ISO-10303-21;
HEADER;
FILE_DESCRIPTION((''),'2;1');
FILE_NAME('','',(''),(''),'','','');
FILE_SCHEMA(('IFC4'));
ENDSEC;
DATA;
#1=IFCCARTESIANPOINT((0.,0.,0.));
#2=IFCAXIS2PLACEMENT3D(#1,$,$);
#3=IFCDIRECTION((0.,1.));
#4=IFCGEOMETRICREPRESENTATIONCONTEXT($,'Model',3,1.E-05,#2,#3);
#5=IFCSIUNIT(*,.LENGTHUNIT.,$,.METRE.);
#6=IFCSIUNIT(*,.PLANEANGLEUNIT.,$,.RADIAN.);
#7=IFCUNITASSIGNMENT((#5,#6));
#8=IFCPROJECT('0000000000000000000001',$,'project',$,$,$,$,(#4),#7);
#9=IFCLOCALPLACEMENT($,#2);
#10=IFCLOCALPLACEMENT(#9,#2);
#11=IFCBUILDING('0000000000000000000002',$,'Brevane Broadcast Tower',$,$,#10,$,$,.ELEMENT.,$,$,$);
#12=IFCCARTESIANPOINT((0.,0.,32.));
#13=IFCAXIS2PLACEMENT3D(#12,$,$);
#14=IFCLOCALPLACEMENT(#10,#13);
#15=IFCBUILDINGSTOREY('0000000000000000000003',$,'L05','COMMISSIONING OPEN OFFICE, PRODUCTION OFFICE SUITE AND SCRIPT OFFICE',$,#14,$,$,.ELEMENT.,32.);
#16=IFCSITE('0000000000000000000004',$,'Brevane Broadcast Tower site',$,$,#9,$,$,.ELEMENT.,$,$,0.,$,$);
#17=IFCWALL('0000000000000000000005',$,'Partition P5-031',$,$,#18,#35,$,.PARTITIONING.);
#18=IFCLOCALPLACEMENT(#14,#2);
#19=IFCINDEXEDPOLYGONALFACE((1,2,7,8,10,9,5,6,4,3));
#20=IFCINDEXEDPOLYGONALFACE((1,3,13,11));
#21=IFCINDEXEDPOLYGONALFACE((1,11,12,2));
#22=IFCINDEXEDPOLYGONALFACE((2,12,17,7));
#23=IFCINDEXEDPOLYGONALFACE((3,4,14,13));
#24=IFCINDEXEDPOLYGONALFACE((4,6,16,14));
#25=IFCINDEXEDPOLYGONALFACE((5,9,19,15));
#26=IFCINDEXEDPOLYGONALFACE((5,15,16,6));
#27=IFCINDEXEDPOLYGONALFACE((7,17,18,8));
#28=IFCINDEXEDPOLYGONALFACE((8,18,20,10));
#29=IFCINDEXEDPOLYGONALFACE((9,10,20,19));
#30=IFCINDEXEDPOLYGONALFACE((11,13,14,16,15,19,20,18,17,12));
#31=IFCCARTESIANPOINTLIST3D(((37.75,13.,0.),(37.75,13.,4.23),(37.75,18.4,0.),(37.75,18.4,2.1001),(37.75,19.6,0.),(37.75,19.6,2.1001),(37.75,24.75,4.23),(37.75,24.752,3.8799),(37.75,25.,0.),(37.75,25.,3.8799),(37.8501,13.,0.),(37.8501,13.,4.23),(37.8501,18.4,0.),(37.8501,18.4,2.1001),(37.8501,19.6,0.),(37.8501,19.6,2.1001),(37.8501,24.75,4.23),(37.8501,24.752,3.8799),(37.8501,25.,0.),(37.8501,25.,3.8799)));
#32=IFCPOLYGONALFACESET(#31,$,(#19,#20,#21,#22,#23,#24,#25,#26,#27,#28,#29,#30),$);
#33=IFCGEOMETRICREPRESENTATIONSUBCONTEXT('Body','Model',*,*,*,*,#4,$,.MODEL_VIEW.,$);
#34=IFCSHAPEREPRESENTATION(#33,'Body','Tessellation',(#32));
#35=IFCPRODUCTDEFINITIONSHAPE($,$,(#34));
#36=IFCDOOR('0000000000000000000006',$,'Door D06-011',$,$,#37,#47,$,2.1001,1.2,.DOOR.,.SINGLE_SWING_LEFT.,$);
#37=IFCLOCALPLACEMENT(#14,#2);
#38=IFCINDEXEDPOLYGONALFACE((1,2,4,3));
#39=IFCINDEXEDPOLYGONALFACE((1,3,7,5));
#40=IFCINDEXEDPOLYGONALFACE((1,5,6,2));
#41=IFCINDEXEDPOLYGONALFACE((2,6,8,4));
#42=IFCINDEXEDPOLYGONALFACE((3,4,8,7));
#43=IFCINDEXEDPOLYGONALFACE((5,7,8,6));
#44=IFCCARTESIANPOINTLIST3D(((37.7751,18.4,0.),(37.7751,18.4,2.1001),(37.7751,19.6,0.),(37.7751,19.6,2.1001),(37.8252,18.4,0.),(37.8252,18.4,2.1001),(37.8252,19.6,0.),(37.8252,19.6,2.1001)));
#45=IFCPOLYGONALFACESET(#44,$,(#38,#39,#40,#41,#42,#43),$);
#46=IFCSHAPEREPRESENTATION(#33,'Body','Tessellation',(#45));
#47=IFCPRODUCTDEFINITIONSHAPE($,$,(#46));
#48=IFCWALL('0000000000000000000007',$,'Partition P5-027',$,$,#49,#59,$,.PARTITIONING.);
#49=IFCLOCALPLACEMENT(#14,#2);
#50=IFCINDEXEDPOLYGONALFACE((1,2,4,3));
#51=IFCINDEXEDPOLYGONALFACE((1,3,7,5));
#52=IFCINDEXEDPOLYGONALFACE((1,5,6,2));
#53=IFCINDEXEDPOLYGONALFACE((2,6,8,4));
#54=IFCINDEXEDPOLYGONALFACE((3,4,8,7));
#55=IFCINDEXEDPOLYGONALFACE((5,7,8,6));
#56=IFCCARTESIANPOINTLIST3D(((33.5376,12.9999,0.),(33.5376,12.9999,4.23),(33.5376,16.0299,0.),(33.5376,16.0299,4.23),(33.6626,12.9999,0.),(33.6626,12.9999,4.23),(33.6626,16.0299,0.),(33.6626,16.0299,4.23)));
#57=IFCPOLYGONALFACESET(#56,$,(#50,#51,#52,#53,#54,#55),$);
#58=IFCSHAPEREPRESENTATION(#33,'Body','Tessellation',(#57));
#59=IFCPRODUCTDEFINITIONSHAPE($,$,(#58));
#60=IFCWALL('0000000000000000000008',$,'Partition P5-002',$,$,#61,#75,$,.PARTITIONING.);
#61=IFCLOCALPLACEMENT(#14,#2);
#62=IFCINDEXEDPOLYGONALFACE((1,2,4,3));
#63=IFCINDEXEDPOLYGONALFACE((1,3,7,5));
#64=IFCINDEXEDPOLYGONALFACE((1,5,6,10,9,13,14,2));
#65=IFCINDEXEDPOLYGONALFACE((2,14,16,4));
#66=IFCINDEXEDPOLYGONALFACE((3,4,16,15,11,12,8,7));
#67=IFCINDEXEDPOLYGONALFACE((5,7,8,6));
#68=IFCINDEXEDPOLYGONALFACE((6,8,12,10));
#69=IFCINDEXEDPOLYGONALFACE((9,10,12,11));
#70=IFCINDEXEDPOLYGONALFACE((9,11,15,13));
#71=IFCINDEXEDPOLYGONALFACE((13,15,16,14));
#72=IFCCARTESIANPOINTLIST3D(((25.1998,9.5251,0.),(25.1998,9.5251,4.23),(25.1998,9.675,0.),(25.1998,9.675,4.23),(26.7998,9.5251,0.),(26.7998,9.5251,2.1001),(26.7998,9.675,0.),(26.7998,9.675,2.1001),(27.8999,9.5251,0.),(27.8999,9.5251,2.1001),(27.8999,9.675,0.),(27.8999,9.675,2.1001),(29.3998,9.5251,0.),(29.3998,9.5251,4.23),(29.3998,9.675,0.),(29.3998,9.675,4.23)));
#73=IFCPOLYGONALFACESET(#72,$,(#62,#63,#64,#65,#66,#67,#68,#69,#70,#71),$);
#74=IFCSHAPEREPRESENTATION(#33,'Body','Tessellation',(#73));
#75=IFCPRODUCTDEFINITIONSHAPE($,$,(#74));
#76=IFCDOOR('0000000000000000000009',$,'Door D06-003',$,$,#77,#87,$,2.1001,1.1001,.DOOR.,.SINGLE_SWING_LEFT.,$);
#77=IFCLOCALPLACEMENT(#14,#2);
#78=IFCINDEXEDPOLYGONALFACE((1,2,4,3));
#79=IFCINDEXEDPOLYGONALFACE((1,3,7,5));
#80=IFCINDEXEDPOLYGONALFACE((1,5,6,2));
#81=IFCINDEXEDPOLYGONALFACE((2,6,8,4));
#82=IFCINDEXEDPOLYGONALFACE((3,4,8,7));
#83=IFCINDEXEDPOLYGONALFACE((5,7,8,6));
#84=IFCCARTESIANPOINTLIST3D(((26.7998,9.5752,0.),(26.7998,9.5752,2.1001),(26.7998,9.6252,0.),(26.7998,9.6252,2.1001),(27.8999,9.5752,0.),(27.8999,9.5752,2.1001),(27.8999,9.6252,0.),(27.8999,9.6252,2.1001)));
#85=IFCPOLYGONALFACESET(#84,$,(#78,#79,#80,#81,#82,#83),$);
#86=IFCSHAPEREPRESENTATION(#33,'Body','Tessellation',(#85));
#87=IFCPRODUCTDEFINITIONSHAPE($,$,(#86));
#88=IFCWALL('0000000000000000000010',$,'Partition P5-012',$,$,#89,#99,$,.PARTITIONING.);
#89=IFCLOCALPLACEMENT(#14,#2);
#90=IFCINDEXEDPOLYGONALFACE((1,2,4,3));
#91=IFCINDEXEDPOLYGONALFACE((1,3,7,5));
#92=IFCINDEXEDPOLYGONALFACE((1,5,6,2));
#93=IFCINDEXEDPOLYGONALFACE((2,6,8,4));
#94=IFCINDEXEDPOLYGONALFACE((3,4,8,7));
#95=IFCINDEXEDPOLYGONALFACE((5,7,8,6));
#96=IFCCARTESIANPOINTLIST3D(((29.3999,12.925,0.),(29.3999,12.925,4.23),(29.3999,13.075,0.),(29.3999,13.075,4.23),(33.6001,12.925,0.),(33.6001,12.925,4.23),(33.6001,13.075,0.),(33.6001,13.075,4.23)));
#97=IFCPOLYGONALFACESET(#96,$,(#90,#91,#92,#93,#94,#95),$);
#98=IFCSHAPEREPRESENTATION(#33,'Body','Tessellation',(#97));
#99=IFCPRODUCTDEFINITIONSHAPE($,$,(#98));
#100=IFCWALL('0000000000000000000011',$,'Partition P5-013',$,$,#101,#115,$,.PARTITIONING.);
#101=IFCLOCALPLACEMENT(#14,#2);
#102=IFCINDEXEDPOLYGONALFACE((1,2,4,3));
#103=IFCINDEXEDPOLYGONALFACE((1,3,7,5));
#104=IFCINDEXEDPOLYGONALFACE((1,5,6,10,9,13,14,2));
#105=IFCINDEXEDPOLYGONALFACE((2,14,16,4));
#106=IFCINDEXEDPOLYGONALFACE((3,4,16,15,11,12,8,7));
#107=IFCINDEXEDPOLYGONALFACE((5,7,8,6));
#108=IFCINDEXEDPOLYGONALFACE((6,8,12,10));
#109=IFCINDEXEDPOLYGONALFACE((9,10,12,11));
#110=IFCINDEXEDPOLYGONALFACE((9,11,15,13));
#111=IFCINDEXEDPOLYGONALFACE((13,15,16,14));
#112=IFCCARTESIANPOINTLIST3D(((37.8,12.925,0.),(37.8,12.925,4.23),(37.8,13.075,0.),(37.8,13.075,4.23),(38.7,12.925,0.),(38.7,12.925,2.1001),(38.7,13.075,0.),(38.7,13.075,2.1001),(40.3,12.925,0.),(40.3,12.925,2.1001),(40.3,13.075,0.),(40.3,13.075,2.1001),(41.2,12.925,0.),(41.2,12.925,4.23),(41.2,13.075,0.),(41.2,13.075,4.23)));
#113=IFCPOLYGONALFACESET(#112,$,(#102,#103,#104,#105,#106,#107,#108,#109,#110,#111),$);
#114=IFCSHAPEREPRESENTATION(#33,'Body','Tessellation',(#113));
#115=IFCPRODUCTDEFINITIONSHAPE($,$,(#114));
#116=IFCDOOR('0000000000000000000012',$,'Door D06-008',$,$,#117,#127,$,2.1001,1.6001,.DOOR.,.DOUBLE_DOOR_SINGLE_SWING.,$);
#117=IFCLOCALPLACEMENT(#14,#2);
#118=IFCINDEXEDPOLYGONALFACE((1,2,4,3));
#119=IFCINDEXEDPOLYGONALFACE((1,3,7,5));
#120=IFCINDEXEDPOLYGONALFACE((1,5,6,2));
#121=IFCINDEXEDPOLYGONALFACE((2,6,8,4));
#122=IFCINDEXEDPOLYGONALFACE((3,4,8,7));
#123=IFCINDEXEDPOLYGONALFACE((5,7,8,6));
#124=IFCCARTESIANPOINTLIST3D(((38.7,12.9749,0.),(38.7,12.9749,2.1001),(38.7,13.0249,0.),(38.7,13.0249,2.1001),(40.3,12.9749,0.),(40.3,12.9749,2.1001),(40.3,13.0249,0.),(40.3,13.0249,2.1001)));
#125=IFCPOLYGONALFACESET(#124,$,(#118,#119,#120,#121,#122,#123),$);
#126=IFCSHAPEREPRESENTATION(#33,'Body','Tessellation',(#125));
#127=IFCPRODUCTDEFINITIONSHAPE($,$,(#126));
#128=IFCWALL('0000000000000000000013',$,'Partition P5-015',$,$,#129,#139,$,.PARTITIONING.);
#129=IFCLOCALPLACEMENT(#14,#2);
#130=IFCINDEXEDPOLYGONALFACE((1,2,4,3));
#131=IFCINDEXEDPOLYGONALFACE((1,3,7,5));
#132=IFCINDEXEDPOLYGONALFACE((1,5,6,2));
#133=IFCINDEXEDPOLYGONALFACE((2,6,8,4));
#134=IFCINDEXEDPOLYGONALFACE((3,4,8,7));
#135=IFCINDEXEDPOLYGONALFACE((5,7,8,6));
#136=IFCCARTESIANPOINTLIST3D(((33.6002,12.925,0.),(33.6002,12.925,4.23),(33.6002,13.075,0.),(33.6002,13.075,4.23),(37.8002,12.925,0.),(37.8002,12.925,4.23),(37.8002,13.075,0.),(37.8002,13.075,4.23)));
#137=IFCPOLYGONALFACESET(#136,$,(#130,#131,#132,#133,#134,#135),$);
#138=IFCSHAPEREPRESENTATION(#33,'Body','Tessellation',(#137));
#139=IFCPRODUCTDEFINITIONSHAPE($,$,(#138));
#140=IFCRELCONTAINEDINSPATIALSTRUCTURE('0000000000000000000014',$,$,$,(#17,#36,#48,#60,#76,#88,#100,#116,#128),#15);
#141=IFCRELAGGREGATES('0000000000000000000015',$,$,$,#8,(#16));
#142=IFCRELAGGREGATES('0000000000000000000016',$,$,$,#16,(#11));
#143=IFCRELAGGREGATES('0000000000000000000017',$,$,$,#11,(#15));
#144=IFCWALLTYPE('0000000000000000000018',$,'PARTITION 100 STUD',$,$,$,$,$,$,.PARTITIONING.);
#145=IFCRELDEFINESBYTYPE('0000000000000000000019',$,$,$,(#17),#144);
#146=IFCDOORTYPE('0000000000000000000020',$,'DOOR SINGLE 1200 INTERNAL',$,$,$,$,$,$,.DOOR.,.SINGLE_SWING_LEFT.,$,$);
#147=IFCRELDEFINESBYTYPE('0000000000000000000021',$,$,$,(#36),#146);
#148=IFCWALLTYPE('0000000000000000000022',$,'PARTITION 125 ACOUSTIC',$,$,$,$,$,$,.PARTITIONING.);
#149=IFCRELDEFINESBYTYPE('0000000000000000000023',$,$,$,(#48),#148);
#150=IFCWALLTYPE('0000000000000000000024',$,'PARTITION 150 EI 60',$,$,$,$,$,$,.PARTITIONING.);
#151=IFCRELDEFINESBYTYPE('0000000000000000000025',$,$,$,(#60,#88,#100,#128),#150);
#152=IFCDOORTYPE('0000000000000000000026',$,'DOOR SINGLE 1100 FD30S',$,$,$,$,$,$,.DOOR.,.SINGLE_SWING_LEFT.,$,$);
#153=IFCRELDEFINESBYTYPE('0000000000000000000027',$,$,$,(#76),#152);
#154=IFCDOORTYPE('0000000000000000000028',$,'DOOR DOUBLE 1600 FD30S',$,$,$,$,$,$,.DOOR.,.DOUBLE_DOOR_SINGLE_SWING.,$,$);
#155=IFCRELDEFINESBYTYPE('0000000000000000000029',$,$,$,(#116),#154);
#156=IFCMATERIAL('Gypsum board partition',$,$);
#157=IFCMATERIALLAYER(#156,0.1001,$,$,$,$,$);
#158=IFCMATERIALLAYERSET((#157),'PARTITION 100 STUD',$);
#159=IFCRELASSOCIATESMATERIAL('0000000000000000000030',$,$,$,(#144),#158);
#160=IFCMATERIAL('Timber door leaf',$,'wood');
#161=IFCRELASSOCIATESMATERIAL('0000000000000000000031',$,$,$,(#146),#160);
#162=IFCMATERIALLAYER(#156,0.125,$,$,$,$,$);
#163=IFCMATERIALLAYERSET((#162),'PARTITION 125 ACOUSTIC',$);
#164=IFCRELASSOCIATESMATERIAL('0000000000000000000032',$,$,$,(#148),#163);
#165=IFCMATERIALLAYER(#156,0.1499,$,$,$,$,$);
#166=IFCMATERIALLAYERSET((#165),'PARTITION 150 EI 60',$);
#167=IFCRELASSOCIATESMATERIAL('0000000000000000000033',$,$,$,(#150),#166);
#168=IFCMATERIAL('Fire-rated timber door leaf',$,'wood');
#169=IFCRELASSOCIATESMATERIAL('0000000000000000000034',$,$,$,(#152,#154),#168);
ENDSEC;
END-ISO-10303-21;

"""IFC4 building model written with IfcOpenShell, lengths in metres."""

from ifc_helpers import new_model, si_unit, direction, frame, frame_2d, origin, place, context, subcontext, project, spatial, polyline, rectangle, outline, extrude, material, layer, layer_set, type_object, element, fill, save


model = new_model("IFC4")

# Units and contexts
model_context = context("Model", 3, precision=1e-05, world=origin(), true_north=direction((0.0, 1.0)))
body_context = subcontext(model_context, "Body", "Model", "MODEL_VIEW")
ifc_project = project(units=[si_unit("LENGTHUNIT", "METRE"), si_unit("PLANEANGLEUNIT", "RADIAN")], contexts=[model_context])

# Site, building, storey
site_placement = place(None, origin())
site = spatial("IfcSite", under=ifc_project, at=site_placement, Name="Brevane Broadcast Tower site", CompositionType="ELEMENT", RefElevation=0.0)
building_placement = place(site_placement, origin())
building = spatial("IfcBuilding", under=site, at=building_placement, Name="Brevane Broadcast Tower", CompositionType="ELEMENT")
storey_placement = place(building_placement, frame((0.0, 0.0, 32.0)))
storey = spatial("IfcBuildingStorey", under=building, at=storey_placement, Name="L05", Description="COMMISSIONING OPEN OFFICE, PRODUCTION OFFICE SUITE AND SCRIPT OFFICE", CompositionType="ELEMENT", Elevation=32.0)

# Shared definitions
ifc_material_1 = material(Name="Gypsum board partition")
ifc_layer_1 = layer(ifc_material_1, 0.1001)
ifc_layer_set_1 = layer_set([ifc_layer_1], Name="PARTITION 100 STUD")
wall_type_1 = type_object("IfcWallType", Name="PARTITION 100 STUD", PredefinedType="PARTITIONING", material=ifc_layer_set_1)

# Wall, opening, door
wall_1_placement = place(storey_placement, frame((37.8, 13.0, 0.0), z_axis=(0.0, 0.0, 1.0), x_axis=(0.0, 1.0, 0.0)))
wall_1 = element("IfcWall", 1, at=wall_1_placement, inside=storey, type_object=wall_type_1, Name="Partition P5-031", PredefinedType="PARTITIONING", context=body_context, shape_type="SweptSolid", body=[
    extrude(outline(polyline([(0.0, 0.0), (12.0, 0.0), (12.0, 3.8799), (11.752, 3.8799), (11.75, 4.23), (0.0, 4.23), (0.0, 0.0)])), frame((0.0, 0.05, 0.0), z_axis=(0.0, -1.0, 0.0), x_axis=(1.0, 0.0, 0.0)), (0.0, 0.0, 1.0), 0.1001),
])
opening_1_placement = place(wall_1_placement, frame((5.3999, 0.0, 0.0)))
opening_1 = element("IfcOpeningElement", 2, at=opening_1_placement, cuts=wall_1, PredefinedType="OPENING", context=body_context, shape_type="SweptSolid", body=[
    extrude(rectangle(XDim=1.2, YDim=2.1001, at=frame_2d((0.6001, 1.05))), frame((0.0, 0.0601, 0.0), z_axis=(0.0, -1.0, 0.0), x_axis=(1.0, 0.0, 0.0)), (0.0, 0.0, 1.0), 0.1201),
])
ifc_material_2 = material(Name="Timber door leaf", Category="wood")
door_type_1 = type_object("IfcDoorType", Name="DOOR SINGLE 1200 INTERNAL", OperationType="SINGLE_SWING_LEFT", PredefinedType="DOOR", material=ifc_material_2)
door_1_placement = place(opening_1_placement, origin())
door_1 = element("IfcDoor", 3, at=door_1_placement, inside=storey, type_object=door_type_1, Name="Door D06-011", OperationType="SINGLE_SWING_LEFT", OverallHeight=2.1001, OverallWidth=1.2, PredefinedType="DOOR", context=body_context, shape_type="SweptSolid", body=[
    extrude(rectangle(XDim=1.2, YDim=2.1001, at=frame_2d((0.6001, 1.05))), frame((0.0, 0.0249, 0.0), z_axis=(0.0, -1.0, 0.0), x_axis=(1.0, 0.0, 0.0)), (0.0, 0.0, 1.0), 0.05),
])
fill(opening_1, door_1)

# Wall
ifc_layer_2 = layer(ifc_material_1, 0.125)
ifc_layer_set_2 = layer_set([ifc_layer_2], Name="PARTITION 125 ACOUSTIC")
wall_type_2 = type_object("IfcWallType", Name="PARTITION 125 ACOUSTIC", PredefinedType="PARTITIONING", material=ifc_layer_set_2)
wall_2_placement = place(storey_placement, frame((33.6001, 16.03, 0.0), z_axis=(0.0, 0.0, 1.0), x_axis=(0.0, -1.0, 0.0)))
element("IfcWall", 4, at=wall_2_placement, inside=storey, type_object=wall_type_2, Name="Partition P5-027", PredefinedType="PARTITIONING", context=body_context, shape_type="SweptSolid", body=[
    extrude(rectangle(XDim=3.03, YDim=0.125, at=frame_2d((1.5151, 0.0))), origin(), (0.0, 0.0, 1.0), 4.23),
])

# Wall, opening, door
ifc_layer_3 = layer(ifc_material_1, 0.1499)
ifc_layer_set_3 = layer_set([ifc_layer_3], Name="PARTITION 150 EI 60")
wall_type_3 = type_object("IfcWallType", Name="PARTITION 150 EI 60", PredefinedType="PARTITIONING", material=ifc_layer_set_3)
wall_3_placement = place(storey_placement, frame((29.3999, 9.6001, 0.0), z_axis=(0.0, 0.0, 1.0), x_axis=(-1.0, 0.0, 0.0)))
wall_3 = element("IfcWall", 5, at=wall_3_placement, inside=storey, type_object=wall_type_3, Name="Partition P5-002", PredefinedType="PARTITIONING", context=body_context, shape_type="SweptSolid", body=[
    extrude(rectangle(XDim=4.2, YDim=0.1499, at=frame_2d((2.1001, 0.0))), origin(), (0.0, 0.0, 1.0), 4.23),
])
opening_2_placement = place(wall_3_placement, frame((1.5, 0.0, 0.0)))
opening_2 = element("IfcOpeningElement", 6, at=opening_2_placement, cuts=wall_3, PredefinedType="OPENING", context=body_context, shape_type="SweptSolid", body=[
    extrude(rectangle(XDim=1.1001, YDim=2.1001, at=frame_2d((0.55, 1.05))), frame((0.0, 0.085, 0.0), z_axis=(0.0, -1.0, 0.0), x_axis=(1.0, 0.0, 0.0)), (0.0, 0.0, 1.0), 0.1699),
])
ifc_material_3 = material(Name="Fire-rated timber door leaf", Category="wood")
door_type_2 = type_object("IfcDoorType", Name="DOOR SINGLE 1100 FD30S", OperationType="SINGLE_SWING_LEFT", PredefinedType="DOOR", material=ifc_material_3)
door_2_placement = place(opening_2_placement, origin())
door_2 = element("IfcDoor", 7, at=door_2_placement, inside=storey, type_object=door_type_2, Name="Door D06-003", OperationType="SINGLE_SWING_LEFT", OverallHeight=2.1001, OverallWidth=1.1001, PredefinedType="DOOR", context=body_context, shape_type="SweptSolid", body=[
    extrude(rectangle(XDim=1.1001, YDim=2.1001, at=frame_2d((0.55, 1.05))), frame((0.0, 0.0249, 0.0), z_axis=(0.0, -1.0, 0.0), x_axis=(1.0, 0.0, 0.0)), (0.0, 0.0, 1.0), 0.05),
])
fill(opening_2, door_2)

# Wall
wall_4_placement = place(storey_placement, frame((29.3999, 13.0, 0.0), z_axis=(0.0, 0.0, 1.0), x_axis=(1.0, 0.0, 0.0)))
element("IfcWall", 8, at=wall_4_placement, inside=storey, type_object=wall_type_3, Name="Partition P5-012", PredefinedType="PARTITIONING", context=body_context, shape_type="SweptSolid", body=[
    extrude(rectangle(XDim=4.2002, YDim=0.1499, at=frame_2d((2.1001, 0.0))), origin(), (0.0, 0.0, 1.0), 4.23),
])

# Wall, opening, door
wall_5_placement = place(storey_placement, frame((37.8, 13.0, 0.0), z_axis=(0.0, 0.0, 1.0), x_axis=(1.0, 0.0, 0.0)))
wall_5 = element("IfcWall", 9, at=wall_5_placement, inside=storey, type_object=wall_type_3, Name="Partition P5-013", PredefinedType="PARTITIONING", context=body_context, shape_type="SweptSolid", body=[
    extrude(rectangle(XDim=3.3999, YDim=0.1499, at=frame_2d((1.7, 0.0))), origin(), (0.0, 0.0, 1.0), 4.23),
])
opening_3_placement = place(wall_5_placement, frame((0.8999, 0.0, 0.0)))
opening_3 = element("IfcOpeningElement", 10, at=opening_3_placement, cuts=wall_5, PredefinedType="OPENING", context=body_context, shape_type="SweptSolid", body=[
    extrude(rectangle(XDim=1.6001, YDim=2.1001, at=frame_2d((0.8, 1.05))), frame((0.0, 0.085, 0.0), z_axis=(0.0, -1.0, 0.0), x_axis=(1.0, 0.0, 0.0)), (0.0, 0.0, 1.0), 0.1699),
])
door_type_3 = type_object("IfcDoorType", Name="DOOR DOUBLE 1600 FD30S", OperationType="DOUBLE_DOOR_SINGLE_SWING", PredefinedType="DOOR", material=ifc_material_3)
door_3_placement = place(opening_3_placement, origin())
door_3 = element("IfcDoor", 11, at=door_3_placement, inside=storey, type_object=door_type_3, Name="Door D06-008", OperationType="DOUBLE_DOOR_SINGLE_SWING", OverallHeight=2.1001, OverallWidth=1.6001, PredefinedType="DOOR", context=body_context, shape_type="SweptSolid", body=[
    extrude(rectangle(XDim=1.6001, YDim=2.1001, at=frame_2d((0.8, 1.05))), frame((0.0, 0.0249, 0.0), z_axis=(0.0, -1.0, 0.0), x_axis=(1.0, 0.0, 0.0)), (0.0, 0.0, 1.0), 0.05),
])
fill(opening_3, door_3)

# Wall
wall_6_placement = place(storey_placement, frame((33.6001, 13.0, 0.0), z_axis=(0.0, 0.0, 1.0), x_axis=(1.0, 0.0, 0.0)))
element("IfcWall", 12, at=wall_6_placement, inside=storey, type_object=wall_type_3, Name="Partition P5-015", PredefinedType="PARTITIONING", context=body_context, shape_type="SweptSolid", body=[
    extrude(rectangle(XDim=4.2, YDim=0.1499, at=frame_2d((2.1001, 0.0))), origin(), (0.0, 0.0, 1.0), 4.23),
])

save(model, "model.ifc")
